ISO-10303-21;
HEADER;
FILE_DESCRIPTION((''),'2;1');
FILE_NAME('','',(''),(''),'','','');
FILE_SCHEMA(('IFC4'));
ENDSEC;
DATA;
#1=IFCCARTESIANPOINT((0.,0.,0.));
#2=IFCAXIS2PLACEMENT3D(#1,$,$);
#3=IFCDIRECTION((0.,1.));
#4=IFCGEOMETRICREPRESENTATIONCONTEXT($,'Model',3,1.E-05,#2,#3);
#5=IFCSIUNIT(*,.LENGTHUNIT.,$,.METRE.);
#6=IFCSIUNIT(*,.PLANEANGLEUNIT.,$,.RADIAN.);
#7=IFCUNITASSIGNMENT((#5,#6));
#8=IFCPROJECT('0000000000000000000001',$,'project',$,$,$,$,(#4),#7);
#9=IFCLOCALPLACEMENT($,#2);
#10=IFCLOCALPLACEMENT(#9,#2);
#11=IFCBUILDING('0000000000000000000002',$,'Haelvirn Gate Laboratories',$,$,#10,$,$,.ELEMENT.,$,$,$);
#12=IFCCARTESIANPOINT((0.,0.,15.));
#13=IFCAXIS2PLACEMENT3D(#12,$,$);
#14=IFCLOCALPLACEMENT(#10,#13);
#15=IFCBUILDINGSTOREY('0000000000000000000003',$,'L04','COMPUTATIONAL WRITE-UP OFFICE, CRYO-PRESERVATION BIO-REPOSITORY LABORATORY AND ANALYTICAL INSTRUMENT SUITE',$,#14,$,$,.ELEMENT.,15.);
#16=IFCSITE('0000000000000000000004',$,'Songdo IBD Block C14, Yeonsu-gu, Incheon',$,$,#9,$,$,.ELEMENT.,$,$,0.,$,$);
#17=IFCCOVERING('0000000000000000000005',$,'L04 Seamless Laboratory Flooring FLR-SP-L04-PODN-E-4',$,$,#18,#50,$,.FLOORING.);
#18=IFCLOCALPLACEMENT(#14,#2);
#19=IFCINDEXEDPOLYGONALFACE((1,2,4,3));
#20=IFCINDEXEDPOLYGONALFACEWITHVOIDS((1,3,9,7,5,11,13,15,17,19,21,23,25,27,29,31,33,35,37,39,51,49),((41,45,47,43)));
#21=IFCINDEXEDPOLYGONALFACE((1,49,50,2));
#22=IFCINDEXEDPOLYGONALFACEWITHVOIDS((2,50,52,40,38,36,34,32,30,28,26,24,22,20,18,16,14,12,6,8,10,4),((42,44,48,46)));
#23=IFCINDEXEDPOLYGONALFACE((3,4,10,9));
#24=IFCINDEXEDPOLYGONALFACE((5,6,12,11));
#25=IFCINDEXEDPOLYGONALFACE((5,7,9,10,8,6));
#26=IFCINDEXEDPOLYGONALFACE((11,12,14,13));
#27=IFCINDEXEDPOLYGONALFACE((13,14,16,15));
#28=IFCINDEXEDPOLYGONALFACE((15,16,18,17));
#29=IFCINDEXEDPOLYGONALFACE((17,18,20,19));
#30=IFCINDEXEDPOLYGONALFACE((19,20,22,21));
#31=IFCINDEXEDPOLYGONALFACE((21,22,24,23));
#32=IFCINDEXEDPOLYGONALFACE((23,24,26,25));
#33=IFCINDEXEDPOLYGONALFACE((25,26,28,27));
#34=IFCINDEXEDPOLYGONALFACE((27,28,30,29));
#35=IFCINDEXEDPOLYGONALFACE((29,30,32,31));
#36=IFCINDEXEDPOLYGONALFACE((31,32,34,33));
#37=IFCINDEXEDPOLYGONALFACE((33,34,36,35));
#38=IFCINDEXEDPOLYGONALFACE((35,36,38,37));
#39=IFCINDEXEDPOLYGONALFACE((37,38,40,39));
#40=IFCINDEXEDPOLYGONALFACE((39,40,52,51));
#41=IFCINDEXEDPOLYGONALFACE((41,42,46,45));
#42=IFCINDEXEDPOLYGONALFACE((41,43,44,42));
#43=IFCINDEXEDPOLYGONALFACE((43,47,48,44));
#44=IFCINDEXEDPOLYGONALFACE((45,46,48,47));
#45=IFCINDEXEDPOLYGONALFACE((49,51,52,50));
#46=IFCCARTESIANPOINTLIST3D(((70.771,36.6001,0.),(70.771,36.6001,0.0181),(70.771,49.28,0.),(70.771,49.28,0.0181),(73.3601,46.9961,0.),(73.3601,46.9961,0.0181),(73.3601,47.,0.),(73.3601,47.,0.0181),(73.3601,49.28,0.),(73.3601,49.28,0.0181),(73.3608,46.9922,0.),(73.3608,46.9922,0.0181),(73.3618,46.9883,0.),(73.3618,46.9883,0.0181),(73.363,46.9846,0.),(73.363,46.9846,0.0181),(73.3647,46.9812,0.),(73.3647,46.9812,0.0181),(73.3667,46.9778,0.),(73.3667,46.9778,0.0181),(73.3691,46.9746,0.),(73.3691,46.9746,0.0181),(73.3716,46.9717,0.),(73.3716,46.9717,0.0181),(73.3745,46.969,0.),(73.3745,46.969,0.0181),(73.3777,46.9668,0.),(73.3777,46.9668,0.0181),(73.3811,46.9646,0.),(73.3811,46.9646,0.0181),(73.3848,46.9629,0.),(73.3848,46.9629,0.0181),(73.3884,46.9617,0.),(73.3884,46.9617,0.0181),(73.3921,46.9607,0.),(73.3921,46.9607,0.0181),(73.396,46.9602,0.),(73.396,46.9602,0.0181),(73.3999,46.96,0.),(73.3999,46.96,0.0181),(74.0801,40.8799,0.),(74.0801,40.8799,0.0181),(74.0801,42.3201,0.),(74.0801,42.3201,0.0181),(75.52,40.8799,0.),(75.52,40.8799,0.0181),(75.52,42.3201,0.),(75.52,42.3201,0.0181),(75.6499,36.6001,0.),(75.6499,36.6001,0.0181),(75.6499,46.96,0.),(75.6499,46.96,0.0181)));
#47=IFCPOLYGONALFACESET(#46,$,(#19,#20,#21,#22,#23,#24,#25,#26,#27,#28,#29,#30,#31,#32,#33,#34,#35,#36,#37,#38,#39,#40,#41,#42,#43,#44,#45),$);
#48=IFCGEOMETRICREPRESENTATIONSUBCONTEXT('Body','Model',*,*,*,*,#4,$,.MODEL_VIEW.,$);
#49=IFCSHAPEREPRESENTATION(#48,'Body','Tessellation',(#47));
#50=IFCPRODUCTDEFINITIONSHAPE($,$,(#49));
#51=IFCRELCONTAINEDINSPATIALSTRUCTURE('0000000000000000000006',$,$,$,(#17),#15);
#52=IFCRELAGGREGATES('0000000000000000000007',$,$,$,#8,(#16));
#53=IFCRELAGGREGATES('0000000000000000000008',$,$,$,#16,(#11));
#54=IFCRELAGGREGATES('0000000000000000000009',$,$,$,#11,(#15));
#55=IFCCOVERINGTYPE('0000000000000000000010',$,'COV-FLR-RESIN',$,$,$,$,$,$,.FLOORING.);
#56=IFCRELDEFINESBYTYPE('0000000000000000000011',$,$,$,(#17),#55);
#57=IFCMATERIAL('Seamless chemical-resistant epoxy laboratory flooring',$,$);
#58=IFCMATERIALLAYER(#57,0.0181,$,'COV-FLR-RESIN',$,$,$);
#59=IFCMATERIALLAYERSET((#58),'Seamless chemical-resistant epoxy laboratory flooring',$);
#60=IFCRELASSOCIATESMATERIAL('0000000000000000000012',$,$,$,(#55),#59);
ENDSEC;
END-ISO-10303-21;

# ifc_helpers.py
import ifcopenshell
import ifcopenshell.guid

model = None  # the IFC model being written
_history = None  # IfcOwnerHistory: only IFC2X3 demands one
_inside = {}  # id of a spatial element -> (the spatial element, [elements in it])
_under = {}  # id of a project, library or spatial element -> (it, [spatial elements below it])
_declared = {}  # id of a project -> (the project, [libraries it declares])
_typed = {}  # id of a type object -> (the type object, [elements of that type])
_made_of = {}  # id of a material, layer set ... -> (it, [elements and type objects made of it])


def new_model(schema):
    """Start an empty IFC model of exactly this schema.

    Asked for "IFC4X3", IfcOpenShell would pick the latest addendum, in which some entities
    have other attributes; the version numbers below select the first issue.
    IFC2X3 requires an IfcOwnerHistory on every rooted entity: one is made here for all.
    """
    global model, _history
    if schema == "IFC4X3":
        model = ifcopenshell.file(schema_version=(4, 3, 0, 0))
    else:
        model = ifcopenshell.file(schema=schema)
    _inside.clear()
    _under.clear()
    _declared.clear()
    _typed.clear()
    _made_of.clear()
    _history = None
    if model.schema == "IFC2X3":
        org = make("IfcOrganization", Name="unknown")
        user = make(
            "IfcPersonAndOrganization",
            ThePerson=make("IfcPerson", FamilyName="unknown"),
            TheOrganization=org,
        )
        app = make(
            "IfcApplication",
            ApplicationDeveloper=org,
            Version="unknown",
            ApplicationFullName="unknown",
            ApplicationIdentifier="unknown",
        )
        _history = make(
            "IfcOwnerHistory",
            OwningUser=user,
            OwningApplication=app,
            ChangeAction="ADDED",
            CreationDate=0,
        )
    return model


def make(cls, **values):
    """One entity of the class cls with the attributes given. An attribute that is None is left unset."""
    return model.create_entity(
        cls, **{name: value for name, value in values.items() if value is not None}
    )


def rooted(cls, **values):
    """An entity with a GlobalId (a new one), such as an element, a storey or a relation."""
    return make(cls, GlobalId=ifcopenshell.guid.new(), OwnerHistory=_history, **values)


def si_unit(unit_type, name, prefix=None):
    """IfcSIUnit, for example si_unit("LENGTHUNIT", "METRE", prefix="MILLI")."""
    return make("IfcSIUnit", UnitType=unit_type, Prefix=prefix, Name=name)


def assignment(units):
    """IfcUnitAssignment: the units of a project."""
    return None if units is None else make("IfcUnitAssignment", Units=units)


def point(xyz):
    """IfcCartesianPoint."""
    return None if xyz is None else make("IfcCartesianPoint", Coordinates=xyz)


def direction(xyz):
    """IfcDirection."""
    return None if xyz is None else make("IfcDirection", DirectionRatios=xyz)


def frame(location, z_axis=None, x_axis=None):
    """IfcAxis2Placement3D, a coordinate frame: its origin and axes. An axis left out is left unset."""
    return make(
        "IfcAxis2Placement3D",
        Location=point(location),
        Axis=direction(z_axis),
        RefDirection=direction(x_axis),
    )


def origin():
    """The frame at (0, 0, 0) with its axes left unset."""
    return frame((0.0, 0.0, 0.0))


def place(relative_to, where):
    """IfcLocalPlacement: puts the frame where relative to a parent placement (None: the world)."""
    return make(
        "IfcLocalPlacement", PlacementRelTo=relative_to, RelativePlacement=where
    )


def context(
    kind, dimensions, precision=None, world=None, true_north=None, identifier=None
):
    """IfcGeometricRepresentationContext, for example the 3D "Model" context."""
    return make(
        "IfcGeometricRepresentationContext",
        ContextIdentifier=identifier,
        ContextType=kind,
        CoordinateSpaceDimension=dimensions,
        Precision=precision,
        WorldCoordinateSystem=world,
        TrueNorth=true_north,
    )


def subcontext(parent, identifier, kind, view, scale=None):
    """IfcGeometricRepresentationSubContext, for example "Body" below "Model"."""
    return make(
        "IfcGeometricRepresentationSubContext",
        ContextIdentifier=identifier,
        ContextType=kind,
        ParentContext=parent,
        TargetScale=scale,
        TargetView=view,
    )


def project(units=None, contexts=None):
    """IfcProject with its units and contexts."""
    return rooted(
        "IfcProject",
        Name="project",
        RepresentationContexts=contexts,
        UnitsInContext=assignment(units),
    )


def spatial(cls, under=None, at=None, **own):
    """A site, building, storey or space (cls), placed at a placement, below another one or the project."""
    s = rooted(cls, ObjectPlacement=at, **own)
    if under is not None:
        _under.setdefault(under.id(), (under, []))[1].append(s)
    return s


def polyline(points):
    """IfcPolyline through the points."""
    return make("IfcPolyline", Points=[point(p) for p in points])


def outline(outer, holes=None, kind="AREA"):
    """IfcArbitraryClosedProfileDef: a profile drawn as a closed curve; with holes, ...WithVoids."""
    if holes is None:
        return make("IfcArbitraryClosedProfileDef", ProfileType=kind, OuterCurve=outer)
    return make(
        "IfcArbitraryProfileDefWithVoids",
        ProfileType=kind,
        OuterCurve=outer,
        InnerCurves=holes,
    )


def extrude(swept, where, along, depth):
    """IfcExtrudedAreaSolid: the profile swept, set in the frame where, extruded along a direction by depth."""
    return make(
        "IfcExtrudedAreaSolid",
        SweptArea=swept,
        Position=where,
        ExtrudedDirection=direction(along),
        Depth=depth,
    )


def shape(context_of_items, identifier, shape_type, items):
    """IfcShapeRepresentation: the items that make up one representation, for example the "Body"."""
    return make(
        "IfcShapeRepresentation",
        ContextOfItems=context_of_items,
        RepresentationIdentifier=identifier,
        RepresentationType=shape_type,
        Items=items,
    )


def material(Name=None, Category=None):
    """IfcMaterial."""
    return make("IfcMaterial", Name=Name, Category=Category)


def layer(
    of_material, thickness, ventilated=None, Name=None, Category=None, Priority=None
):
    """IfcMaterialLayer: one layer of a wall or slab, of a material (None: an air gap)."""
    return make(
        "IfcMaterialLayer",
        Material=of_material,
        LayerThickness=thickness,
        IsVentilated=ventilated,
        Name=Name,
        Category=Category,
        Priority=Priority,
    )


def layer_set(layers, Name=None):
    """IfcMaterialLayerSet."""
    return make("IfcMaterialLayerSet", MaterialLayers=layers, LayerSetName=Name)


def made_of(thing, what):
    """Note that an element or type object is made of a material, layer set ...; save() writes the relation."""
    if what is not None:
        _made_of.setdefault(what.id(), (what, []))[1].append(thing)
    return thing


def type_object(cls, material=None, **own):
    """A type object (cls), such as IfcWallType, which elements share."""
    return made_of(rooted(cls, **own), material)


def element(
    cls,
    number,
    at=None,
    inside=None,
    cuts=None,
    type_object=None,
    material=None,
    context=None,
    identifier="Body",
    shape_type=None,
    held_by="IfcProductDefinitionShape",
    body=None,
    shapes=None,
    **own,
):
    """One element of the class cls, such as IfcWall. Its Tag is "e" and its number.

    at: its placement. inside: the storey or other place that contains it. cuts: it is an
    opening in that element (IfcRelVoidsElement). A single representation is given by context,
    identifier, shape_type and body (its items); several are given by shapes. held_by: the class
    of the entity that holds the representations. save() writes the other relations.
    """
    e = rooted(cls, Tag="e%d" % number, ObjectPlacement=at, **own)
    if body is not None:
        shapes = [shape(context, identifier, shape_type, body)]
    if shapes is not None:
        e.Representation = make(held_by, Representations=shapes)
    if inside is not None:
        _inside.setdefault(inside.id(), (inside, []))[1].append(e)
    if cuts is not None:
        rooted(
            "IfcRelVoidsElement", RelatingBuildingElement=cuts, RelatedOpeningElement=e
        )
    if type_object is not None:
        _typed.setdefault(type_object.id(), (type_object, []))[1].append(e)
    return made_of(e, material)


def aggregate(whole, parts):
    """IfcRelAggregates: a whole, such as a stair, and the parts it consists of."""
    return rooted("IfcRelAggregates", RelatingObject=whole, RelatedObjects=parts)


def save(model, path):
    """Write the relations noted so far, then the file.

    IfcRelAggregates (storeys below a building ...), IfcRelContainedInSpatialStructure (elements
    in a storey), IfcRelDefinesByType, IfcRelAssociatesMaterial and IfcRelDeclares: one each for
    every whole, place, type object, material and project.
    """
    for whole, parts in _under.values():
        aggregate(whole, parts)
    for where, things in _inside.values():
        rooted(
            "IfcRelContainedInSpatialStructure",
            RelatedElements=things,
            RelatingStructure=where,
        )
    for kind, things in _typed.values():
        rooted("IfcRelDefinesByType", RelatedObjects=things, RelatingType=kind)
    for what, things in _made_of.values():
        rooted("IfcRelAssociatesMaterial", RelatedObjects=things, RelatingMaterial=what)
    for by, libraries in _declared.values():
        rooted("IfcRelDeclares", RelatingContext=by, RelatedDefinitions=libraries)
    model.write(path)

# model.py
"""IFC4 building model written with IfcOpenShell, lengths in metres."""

from ifc_helpers import new_model, si_unit, direction, frame, origin, place, context, subcontext, project, spatial, polyline, outline, extrude, material, layer, layer_set, type_object, element, save


model = new_model("IFC4")

# Units and contexts
model_context = context("Model", 3, precision=1e-05, world=origin(), true_north=direction((0.0, 1.0)))
body_context = subcontext(model_context, "Body", "Model", "MODEL_VIEW")
ifc_project = project(units=[si_unit("LENGTHUNIT", "METRE"), si_unit("PLANEANGLEUNIT", "RADIAN")], contexts=[model_context])

# Site, building, storey
site_placement = place(None, origin())
site = spatial("IfcSite", under=ifc_project, at=site_placement, Name="Songdo IBD Block C14, Yeonsu-gu, Incheon", CompositionType="ELEMENT", RefElevation=0.0)
building_placement = place(site_placement, origin())
building = spatial("IfcBuilding", under=site, at=building_placement, Name="Haelvirn Gate Laboratories", CompositionType="ELEMENT")
storey_placement = place(building_placement, frame((0.0, 0.0, 15.0)))
storey = spatial("IfcBuildingStorey", under=building, at=storey_placement, Name="L04", Description="COMPUTATIONAL WRITE-UP OFFICE, CRYO-PRESERVATION BIO-REPOSITORY LABORATORY AND ANALYTICAL INSTRUMENT SUITE", CompositionType="ELEMENT", Elevation=15.0)

# Covering
ifc_material_1 = material(Name="Seamless chemical-resistant epoxy laboratory flooring")
ifc_layer_1 = layer(ifc_material_1, 0.0181, Name="COV-FLR-RESIN")
ifc_layer_set_1 = layer_set([ifc_layer_1], Name="Seamless chemical-resistant epoxy laboratory flooring")
covering_type_1 = type_object("IfcCoveringType", Name="COV-FLR-RESIN", PredefinedType="FLOORING", material=ifc_layer_set_1)
covering_1_placement = place(storey_placement, origin())
element("IfcCovering", 1, at=covering_1_placement, inside=storey, type_object=covering_type_1, Name="L04 Seamless Laboratory Flooring FLR-SP-L04-PODN-E-4", PredefinedType="FLOORING", context=body_context, shape_type="SweptSolid", body=[
    extrude(outline(polyline([(70.771, 49.28), (73.3601, 49.28), (73.3601, 47.0), (73.3601, 46.9961), (73.3608, 46.9922), (73.3618, 46.9883), (73.363, 46.9846), (73.3647, 46.9812), (73.3667, 46.9778), (73.3691, 46.9746), (73.3716, 46.9717), (73.3745, 46.969), (73.3777, 46.9668), (73.3811, 46.9646), (73.3848, 46.9629), (73.3884, 46.9617), (73.3921, 46.9607), (73.396, 46.9602), (73.3999, 46.96), (75.6499, 46.96), (75.6499, 36.6001), (70.771, 36.6001), (70.771, 49.28)]), holes=[polyline([(74.0801, 42.3201), (74.0801, 40.8799), (75.52, 40.8799), (75.52, 42.3201), (74.0801, 42.3201)])]), origin(), (0.0, 0.0, 1.0), 0.0181),
])

save(model, "model.ifc")
